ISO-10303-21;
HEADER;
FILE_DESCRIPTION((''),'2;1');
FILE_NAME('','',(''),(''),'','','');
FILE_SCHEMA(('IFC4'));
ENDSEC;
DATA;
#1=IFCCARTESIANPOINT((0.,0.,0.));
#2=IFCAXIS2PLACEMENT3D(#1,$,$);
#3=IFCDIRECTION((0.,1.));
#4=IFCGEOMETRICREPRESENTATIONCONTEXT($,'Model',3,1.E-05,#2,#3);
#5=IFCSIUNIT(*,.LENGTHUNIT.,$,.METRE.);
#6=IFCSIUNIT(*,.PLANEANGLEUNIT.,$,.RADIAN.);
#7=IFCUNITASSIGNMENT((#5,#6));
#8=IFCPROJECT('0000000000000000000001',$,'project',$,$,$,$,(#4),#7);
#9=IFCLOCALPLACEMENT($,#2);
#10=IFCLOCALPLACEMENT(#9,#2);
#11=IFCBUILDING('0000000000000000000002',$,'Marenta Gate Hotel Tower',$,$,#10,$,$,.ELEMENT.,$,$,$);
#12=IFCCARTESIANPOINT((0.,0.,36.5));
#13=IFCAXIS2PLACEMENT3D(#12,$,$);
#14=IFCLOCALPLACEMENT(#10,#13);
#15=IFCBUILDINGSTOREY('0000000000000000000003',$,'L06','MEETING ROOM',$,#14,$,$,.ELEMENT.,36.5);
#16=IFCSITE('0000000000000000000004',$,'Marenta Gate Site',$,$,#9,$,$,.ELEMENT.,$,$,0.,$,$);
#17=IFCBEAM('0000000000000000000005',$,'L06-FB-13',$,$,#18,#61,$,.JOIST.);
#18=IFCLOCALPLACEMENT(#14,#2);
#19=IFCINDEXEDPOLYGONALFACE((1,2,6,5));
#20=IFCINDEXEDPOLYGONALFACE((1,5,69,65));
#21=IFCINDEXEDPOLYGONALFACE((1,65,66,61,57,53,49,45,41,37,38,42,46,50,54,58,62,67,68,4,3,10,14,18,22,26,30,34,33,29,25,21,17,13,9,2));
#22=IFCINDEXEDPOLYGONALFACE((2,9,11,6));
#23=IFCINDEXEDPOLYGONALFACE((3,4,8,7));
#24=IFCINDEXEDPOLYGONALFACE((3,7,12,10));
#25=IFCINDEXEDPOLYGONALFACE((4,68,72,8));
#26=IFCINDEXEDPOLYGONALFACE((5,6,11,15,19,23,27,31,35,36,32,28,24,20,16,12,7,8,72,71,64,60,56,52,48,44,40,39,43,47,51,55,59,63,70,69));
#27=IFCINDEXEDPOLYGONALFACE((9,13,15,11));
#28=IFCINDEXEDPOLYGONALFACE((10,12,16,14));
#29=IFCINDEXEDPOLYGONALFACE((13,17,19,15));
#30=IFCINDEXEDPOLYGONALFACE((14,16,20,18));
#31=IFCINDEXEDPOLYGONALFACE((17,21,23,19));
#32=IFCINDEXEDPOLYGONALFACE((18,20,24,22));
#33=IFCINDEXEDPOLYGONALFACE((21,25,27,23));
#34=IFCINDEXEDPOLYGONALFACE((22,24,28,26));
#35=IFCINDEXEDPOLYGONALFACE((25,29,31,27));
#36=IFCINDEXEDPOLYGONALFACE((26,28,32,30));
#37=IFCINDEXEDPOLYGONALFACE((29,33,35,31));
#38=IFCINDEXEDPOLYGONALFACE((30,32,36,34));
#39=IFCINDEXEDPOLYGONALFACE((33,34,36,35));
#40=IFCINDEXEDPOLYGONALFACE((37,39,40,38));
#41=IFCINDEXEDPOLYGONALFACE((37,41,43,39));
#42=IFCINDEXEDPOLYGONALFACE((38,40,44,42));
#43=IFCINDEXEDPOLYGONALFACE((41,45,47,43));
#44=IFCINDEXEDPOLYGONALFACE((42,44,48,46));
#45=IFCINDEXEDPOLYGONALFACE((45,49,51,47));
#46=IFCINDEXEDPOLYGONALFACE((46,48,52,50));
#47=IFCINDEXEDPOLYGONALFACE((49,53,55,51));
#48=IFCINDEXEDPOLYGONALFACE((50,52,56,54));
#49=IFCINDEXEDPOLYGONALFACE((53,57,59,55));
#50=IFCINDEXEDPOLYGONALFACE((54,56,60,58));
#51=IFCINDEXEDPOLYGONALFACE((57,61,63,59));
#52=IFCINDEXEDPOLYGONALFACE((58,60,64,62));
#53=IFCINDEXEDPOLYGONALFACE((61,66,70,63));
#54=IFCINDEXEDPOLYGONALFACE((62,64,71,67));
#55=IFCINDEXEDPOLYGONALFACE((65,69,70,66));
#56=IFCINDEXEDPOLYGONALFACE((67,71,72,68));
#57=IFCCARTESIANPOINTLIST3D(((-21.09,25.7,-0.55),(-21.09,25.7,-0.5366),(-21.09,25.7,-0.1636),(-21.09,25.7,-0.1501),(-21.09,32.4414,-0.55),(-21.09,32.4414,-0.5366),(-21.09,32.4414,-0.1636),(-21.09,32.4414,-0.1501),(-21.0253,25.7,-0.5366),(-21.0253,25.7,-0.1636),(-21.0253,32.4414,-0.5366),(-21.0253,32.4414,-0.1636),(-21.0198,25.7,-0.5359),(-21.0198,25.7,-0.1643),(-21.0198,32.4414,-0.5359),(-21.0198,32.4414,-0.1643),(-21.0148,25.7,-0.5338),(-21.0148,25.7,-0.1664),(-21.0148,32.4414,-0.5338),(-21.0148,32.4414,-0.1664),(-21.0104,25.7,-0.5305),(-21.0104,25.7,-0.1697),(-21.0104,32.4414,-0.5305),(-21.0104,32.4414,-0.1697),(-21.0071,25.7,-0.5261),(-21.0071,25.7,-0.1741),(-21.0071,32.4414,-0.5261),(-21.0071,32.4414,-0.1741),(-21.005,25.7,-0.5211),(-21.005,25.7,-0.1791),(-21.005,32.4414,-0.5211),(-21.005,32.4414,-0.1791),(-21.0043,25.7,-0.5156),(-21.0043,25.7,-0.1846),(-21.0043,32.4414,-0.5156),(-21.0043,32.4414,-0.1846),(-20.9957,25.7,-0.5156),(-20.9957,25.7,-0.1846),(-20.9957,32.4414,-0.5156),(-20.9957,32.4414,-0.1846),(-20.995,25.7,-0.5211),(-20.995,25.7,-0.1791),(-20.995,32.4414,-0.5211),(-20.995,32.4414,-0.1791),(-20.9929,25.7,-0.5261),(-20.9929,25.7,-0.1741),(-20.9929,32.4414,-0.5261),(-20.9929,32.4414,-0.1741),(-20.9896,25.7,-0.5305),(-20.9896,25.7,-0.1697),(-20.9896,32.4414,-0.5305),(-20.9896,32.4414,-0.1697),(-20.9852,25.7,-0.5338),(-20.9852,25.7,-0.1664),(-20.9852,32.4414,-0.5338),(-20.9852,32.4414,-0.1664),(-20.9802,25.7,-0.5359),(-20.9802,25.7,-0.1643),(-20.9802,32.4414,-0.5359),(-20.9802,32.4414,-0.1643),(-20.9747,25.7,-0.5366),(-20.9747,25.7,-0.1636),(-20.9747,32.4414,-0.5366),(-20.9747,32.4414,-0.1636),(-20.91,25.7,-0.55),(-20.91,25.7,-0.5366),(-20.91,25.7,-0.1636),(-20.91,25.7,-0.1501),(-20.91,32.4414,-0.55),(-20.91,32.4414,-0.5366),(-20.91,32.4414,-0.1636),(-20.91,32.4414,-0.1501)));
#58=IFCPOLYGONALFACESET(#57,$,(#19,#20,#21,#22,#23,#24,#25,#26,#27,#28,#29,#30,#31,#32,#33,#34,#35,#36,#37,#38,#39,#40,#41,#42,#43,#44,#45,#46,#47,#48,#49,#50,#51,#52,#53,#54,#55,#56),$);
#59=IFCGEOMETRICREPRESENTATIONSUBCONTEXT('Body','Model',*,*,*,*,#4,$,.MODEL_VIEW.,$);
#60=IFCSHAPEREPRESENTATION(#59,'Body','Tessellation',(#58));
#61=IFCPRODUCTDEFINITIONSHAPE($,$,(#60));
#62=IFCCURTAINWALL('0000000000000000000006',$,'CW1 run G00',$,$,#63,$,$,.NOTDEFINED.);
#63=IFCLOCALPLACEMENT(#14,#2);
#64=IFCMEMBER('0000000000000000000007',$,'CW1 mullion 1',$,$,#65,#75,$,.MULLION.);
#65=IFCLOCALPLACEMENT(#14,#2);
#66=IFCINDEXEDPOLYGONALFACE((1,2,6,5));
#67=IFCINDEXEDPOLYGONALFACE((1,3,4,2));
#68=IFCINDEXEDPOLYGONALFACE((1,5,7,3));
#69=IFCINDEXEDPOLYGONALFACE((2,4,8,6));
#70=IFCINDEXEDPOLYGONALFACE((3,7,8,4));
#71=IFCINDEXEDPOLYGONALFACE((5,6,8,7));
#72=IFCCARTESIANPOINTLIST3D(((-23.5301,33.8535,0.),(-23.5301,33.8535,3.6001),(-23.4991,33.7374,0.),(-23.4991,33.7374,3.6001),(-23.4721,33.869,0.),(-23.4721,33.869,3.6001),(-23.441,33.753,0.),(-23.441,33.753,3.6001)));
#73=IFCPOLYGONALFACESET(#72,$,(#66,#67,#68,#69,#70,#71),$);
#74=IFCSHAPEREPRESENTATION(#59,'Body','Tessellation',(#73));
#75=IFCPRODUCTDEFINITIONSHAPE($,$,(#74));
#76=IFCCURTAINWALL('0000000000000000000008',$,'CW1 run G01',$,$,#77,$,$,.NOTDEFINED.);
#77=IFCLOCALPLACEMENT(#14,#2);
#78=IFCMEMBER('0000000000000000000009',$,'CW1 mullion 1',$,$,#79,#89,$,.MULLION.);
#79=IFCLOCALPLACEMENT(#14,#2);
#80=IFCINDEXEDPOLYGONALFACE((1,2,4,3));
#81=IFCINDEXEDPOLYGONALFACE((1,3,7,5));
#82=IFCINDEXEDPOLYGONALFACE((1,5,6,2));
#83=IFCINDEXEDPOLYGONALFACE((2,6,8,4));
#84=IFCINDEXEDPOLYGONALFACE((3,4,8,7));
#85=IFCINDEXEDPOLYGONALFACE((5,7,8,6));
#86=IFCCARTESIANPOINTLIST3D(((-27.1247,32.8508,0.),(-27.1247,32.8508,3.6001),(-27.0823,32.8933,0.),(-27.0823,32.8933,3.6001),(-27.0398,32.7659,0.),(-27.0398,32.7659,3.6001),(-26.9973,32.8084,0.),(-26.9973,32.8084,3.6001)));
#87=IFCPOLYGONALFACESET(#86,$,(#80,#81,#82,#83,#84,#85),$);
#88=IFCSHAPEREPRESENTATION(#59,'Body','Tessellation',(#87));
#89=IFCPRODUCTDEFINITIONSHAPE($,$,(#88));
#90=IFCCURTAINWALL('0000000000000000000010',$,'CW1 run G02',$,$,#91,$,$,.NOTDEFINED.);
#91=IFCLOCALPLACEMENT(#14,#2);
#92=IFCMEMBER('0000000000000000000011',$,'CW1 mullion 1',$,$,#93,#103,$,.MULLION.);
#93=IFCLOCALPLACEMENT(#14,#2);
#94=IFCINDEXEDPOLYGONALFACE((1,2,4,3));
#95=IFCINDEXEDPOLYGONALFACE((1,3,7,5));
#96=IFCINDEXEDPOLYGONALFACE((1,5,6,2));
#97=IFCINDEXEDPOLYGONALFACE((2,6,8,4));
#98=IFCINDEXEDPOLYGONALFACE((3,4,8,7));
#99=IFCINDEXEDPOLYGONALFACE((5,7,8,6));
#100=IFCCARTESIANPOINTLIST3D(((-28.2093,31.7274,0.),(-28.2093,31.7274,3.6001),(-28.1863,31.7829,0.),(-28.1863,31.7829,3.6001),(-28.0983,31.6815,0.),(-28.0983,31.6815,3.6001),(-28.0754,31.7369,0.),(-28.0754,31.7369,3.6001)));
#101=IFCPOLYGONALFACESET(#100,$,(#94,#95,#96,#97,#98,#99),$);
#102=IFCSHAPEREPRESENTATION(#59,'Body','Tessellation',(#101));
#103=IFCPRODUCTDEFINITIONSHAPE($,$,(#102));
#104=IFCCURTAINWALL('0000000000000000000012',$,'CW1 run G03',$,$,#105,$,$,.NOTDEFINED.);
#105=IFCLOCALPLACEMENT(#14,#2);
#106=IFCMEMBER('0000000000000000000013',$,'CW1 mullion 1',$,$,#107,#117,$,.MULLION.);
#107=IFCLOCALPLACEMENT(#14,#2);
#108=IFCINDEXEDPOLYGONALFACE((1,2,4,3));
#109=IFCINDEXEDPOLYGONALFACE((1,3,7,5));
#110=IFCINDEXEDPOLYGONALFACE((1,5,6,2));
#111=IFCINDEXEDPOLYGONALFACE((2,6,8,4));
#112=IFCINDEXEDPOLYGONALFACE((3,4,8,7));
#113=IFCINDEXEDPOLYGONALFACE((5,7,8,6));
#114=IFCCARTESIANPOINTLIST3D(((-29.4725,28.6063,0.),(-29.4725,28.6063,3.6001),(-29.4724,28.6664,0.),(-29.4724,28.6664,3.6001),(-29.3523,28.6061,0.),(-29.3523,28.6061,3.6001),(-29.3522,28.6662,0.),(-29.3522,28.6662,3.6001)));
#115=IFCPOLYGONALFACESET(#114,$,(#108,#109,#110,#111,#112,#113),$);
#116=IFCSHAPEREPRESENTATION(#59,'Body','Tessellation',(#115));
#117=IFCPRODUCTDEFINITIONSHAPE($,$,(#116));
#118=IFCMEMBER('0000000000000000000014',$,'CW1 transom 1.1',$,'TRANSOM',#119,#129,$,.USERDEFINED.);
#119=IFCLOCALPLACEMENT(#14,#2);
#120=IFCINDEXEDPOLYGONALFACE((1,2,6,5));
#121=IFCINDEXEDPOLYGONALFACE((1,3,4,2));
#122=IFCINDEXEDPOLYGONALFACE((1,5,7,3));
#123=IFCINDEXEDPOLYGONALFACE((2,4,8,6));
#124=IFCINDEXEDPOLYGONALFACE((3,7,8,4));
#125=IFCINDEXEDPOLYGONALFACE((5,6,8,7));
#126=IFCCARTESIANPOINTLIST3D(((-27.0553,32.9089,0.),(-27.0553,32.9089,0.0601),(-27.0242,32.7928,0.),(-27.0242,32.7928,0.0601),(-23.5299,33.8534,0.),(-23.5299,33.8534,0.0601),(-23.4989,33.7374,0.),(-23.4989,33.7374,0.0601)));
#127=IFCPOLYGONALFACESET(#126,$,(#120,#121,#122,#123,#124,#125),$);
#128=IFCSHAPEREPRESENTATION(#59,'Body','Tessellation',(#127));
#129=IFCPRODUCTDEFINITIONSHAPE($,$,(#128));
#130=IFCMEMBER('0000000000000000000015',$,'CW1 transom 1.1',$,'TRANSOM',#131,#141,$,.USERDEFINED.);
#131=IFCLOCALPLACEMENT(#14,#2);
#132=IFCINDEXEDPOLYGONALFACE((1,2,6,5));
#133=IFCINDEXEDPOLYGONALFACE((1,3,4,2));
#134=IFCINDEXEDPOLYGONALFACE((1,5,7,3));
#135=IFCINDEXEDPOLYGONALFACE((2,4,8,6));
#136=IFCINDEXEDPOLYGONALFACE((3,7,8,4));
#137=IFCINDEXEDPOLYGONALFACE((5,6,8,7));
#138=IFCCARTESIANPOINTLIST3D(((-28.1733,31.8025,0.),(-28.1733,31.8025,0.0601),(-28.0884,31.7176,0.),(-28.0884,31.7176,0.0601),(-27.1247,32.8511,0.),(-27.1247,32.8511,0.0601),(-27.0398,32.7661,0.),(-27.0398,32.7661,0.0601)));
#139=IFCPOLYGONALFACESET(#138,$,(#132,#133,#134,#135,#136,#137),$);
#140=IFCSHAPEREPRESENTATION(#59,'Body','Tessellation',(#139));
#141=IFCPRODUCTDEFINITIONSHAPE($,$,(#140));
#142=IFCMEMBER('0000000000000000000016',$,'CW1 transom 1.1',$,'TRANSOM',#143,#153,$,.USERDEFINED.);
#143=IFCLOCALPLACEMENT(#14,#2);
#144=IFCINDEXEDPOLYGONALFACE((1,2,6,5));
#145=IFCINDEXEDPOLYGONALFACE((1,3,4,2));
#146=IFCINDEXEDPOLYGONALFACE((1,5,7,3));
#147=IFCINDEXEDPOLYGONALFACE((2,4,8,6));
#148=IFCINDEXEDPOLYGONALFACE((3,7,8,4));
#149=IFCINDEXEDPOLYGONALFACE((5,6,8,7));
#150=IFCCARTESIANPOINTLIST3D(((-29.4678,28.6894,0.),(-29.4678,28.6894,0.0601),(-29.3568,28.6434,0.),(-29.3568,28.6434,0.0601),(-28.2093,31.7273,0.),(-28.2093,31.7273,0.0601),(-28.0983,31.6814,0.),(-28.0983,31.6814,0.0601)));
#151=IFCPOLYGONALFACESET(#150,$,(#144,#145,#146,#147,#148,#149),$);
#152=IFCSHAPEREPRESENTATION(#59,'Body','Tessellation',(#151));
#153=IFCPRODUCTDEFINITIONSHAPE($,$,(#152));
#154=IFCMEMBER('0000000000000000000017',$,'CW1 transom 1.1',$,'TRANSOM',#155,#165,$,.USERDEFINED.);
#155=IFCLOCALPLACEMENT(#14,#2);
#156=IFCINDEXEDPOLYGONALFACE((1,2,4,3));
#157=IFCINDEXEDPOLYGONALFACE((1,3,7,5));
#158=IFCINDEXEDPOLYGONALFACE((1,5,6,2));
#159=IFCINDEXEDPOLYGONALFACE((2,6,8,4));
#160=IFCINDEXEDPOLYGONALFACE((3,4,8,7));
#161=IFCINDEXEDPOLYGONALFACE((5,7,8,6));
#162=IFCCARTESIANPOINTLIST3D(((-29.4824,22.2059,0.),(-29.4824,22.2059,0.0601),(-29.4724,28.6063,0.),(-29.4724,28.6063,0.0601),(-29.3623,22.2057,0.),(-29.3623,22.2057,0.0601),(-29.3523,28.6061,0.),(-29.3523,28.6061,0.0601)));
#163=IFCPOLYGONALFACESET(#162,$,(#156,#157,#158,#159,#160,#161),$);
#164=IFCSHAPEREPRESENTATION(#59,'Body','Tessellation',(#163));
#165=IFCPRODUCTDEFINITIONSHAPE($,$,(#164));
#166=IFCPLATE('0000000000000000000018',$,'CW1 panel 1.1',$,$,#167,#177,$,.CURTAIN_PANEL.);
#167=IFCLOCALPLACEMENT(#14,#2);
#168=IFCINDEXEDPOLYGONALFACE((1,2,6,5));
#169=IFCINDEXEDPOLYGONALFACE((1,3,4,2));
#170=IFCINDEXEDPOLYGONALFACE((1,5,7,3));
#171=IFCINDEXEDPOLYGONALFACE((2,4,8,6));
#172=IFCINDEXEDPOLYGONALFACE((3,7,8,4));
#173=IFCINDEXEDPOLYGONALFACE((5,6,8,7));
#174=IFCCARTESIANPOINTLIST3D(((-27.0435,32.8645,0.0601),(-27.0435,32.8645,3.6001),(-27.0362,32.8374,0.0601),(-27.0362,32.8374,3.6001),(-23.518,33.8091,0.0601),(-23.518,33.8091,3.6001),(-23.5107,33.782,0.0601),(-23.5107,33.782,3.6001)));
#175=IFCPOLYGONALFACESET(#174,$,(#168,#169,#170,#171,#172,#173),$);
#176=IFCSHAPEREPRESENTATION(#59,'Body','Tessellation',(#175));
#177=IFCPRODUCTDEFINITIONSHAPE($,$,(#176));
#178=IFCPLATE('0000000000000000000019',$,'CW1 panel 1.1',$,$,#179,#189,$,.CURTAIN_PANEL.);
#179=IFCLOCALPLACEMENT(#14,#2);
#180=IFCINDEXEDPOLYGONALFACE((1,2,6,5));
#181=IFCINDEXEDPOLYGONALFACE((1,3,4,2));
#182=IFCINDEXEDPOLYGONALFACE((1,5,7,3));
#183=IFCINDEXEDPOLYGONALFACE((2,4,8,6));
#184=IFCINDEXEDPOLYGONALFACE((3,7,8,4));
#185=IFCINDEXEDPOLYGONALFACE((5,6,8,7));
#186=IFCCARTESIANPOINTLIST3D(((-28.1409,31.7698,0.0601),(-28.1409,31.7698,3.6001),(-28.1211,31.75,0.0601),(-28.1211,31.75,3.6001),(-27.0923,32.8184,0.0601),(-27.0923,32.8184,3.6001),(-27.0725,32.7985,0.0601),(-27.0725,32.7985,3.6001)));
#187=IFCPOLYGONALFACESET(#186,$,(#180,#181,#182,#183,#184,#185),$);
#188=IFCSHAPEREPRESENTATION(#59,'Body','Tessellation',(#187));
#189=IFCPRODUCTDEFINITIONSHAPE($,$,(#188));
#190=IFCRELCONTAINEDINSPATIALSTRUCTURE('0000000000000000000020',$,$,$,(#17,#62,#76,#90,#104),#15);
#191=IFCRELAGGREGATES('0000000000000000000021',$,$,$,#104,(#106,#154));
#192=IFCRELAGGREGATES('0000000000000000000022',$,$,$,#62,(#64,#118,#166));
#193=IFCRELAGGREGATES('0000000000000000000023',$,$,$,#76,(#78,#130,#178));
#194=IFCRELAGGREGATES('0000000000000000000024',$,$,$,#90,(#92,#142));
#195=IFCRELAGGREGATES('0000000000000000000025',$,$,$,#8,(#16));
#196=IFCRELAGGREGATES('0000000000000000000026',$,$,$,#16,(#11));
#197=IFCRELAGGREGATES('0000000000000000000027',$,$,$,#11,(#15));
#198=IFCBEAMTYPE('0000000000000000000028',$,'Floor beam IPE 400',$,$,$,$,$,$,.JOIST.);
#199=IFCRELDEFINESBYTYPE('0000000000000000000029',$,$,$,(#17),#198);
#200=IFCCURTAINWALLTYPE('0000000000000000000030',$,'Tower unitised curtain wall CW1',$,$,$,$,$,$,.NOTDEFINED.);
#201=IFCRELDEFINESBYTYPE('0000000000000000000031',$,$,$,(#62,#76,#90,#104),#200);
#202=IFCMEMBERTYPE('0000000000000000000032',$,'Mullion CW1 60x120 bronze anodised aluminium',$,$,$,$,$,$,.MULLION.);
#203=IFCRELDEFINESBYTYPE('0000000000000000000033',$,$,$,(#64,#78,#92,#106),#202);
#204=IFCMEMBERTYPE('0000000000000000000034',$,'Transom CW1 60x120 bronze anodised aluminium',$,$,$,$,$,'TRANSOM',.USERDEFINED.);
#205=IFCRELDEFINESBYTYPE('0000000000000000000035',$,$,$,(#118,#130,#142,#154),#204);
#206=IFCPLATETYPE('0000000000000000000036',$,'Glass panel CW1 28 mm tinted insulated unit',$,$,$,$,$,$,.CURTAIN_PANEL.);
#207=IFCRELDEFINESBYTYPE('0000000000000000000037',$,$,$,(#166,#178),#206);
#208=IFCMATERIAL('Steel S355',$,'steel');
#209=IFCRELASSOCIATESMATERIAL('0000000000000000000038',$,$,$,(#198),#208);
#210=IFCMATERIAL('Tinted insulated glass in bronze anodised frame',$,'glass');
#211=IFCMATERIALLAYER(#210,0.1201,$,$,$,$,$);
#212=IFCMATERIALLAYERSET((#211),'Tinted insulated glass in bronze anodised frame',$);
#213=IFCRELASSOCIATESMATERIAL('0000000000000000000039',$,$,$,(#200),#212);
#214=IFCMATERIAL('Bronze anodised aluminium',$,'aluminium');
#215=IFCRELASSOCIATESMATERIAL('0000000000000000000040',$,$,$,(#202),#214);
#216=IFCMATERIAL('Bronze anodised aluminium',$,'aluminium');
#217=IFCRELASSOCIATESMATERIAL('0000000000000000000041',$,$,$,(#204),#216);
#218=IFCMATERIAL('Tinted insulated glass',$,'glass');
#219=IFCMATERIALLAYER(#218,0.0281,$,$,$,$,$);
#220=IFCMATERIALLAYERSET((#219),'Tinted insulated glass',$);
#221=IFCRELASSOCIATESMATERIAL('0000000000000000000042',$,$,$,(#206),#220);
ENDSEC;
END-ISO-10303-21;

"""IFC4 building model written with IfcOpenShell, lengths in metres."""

from ifc_helpers import new_model, si_unit, direction, frame, origin, origin_2d, place, context, subcontext, project, spatial, rectangle, i_section, extrude, material, layer, layer_set, material_profile, profile_set, type_object, element, aggregate, save


model = new_model("IFC4")

# Units and contexts
model_context = context("Model", 3, precision=1e-05, world=origin(), true_north=direction((0.0, 1.0)))
body_context = subcontext(model_context, "Body", "Model", "MODEL_VIEW")
ifc_project = project(units=[si_unit("LENGTHUNIT", "METRE"), si_unit("PLANEANGLEUNIT", "RADIAN")], contexts=[model_context])

# Site, building, storey
site_placement = place(None, origin())
site = spatial("IfcSite", under=ifc_project, at=site_placement, Name="Marenta Gate Site", CompositionType="ELEMENT", RefElevation=0.0)
building_placement = place(site_placement, origin())
building = spatial("IfcBuilding", under=site, at=building_placement, Name="Marenta Gate Hotel Tower", CompositionType="ELEMENT")
storey_placement = place(building_placement, frame((0.0, 0.0, 36.5)))
storey = spatial("IfcBuildingStorey", under=building, at=storey_placement, Name="L06", Description="MEETING ROOM", CompositionType="ELEMENT", Elevation=36.5)

# Beam
ifc_material_1 = material(Name="Steel S355", Category="steel")
ifc_material_profile_1 = material_profile(ifc_material_1, i_section(OverallWidth=0.1799, OverallDepth=0.3999, WebThickness=0.0085, FlangeThickness=0.0134, FilletRadius=0.021, at=origin_2d()), Name="IPE 400")
ifc_profile_set_1 = profile_set([ifc_material_profile_1], Name="Steel S355")
beam_type_1 = type_object("IfcBeamType", Name="Floor beam IPE 400", PredefinedType="JOIST", material=ifc_profile_set_1)
beam_1_placement = place(storey_placement, frame((-21.0, 25.7, -0.3501), z_axis=(0.0, 1.0, 0.0), x_axis=(-1.0, 0.0, 0.0)))
element("IfcBeam", 1, at=beam_1_placement, inside=storey, type_object=beam_type_1, Name="L06-FB-13", PredefinedType="JOIST", context=body_context, shape_type="SweptSolid", body=[
    extrude(i_section(OverallWidth=0.1799, OverallDepth=0.3999, WebThickness=0.0085, FlangeThickness=0.0134, FilletRadius=0.021, at=origin_2d()), origin(), (0.0, 0.0, 1.0), 6.7415),
])

# Curtain walls, members
ifc_material_2 = material(Name="Tinted insulated glass in bronze anodised frame", Category="glass")
ifc_layer_1 = layer(ifc_material_2, 0.1201)
ifc_layer_set_1 = layer_set([ifc_layer_1], Name="Tinted insulated glass in bronze anodised frame")
curtain_wall_type = type_object("IfcCurtainWallType", Name="Tower unitised curtain wall CW1", PredefinedType="NOTDEFINED", material=ifc_layer_set_1)
curtain_wall_1_placement = place(storey_placement, origin())
curtain_wall_1 = element("IfcCurtainWall", 2, at=curtain_wall_1_placement, inside=storey, type_object=curtain_wall_type, Name="CW1 run G00", PredefinedType="NOTDEFINED")
ifc_material_3 = material(Name="Bronze anodised aluminium", Category="aluminium")
ifc_material_profile_2 = material_profile(ifc_material_3, rectangle(XDim=0.1201, YDim=0.0601, at=origin_2d()), Name="Mullion CW1 60x120 bronze anodised aluminium")
ifc_profile_set_2 = profile_set([ifc_material_profile_2], Name="Bronze anodised aluminium")
member_type_1 = type_object("IfcMemberType", Name="Mullion CW1 60x120 bronze anodised aluminium", PredefinedType="MULLION", material=ifc_profile_set_2)
member_1_placement = place(storey_placement, frame((-23.4856, 33.8032, 0.0), z_axis=(0.0, 0.0, 1.0), x_axis=(0.258802, -0.96593, 0.0)))
member_1 = element("IfcMember", 3, at=member_1_placement, type_object=member_type_1, Name="CW1 mullion 1", PredefinedType="MULLION", context=body_context, shape_type="SweptSolid", body=[
    extrude(rectangle(XDim=0.1201, YDim=0.0601, at=origin_2d()), origin(), (0.0, 0.0, 1.0), 3.6001),
])
curtain_wall_2_placement = place(storey_placement, origin())
curtain_wall_2 = element("IfcCurtainWall", 4, at=curtain_wall_2_placement, inside=storey, type_object=curtain_wall_type, Name="CW1 run G01", PredefinedType="NOTDEFINED")
member_2_placement = place(storey_placement, frame((-27.061, 32.8296, 0.0), z_axis=(0.0, 0.0, 1.0), x_axis=(0.707107, -0.707107, 0.0)))
member_2 = element("IfcMember", 5, at=member_2_placement, type_object=member_type_1, Name="CW1 mullion 1", PredefinedType="MULLION", context=body_context, shape_type="SweptSolid", body=[
    extrude(rectangle(XDim=0.1201, YDim=0.0601, at=origin_2d()), origin(), (0.0, 0.0, 1.0), 3.6001),
])
curtain_wall_3_placement = place(storey_placement, origin())
curtain_wall_3 = element("IfcCurtainWall", 6, at=curtain_wall_3_placement, inside=storey, type_object=curtain_wall_type, Name="CW1 run G02", PredefinedType="NOTDEFINED")
member_3_placement = place(storey_placement, frame((-28.1423, 31.7322, 0.0), z_axis=(0.0, 0.0, 1.0), x_axis=(0.923885, -0.38267, 0.0)))
member_3 = element("IfcMember", 7, at=member_3_placement, type_object=member_type_1, Name="CW1 mullion 1", PredefinedType="MULLION", context=body_context, shape_type="SweptSolid", body=[
    extrude(rectangle(XDim=0.1201, YDim=0.0601, at=origin_2d()), origin(), (0.0, 0.0, 1.0), 3.6001),
])
curtain_wall_4_placement = place(storey_placement, origin())
curtain_wall_4 = element("IfcCurtainWall", 8, at=curtain_wall_4_placement, inside=storey, type_object=curtain_wall_type, Name="CW1 run G03", PredefinedType="NOTDEFINED")
member_4_placement = place(storey_placement, frame((-29.4124, 28.6362, 0.0), z_axis=(0.0, 0.0, 1.0), x_axis=(0.999999, -0.001566, 0.0)))
member_4 = element("IfcMember", 9, at=member_4_placement, type_object=member_type_1, Name="CW1 mullion 1", PredefinedType="MULLION", context=body_context, shape_type="SweptSolid", body=[
    extrude(rectangle(XDim=0.1201, YDim=0.0601, at=origin_2d()), origin(), (0.0, 0.0, 1.0), 3.6001),
])

# Members
ifc_material_4 = material(Name="Bronze anodised aluminium", Category="aluminium")
ifc_material_profile_3 = material_profile(ifc_material_4, rectangle(XDim=0.1201, YDim=0.0601, at=origin_2d()), Name="Transom CW1 60x120 bronze anodised aluminium")
ifc_profile_set_3 = profile_set([ifc_material_profile_3], Name="Bronze anodised aluminium")
member_type_2 = type_object("IfcMemberType", Name="Transom CW1 60x120 bronze anodised aluminium", ElementType="TRANSOM", PredefinedType="USERDEFINED", material=ifc_profile_set_3)
member_5_placement = place(storey_placement, frame((-23.5144, 33.7954, 0.03), z_axis=(-0.965929, -0.258807, 0.0), x_axis=(0.258807, -0.965929, 0.0)))
member_5 = element("IfcMember", 10, at=member_5_placement, type_object=member_type_2, Name="CW1 transom 1.1", ObjectType="TRANSOM", PredefinedType="USERDEFINED", context=body_context, shape_type="SweptSolid", body=[
    extrude(rectangle(XDim=0.1201, YDim=0.0601, at=origin_2d()), origin(), (0.0, 0.0, 1.0), 3.6497),
])
member_6_placement = place(storey_placement, frame((-27.0823, 32.8086, 0.03), z_axis=(-0.707107, -0.707107, 0.0), x_axis=(0.707107, -0.707107, 0.0)))
member_6 = element("IfcMember", 11, at=member_6_placement, type_object=member_type_2, Name="CW1 transom 1.1", ObjectType="TRANSOM", PredefinedType="USERDEFINED", context=body_context, shape_type="SweptSolid", body=[
    extrude(rectangle(XDim=0.1201, YDim=0.0601, at=origin_2d()), origin(), (0.0, 0.0, 1.0), 1.4829),
])
member_7_placement = place(storey_placement, frame((-28.1538, 31.7043, 0.03), z_axis=(-0.382717, -0.923866, 0.0), x_axis=(0.923866, -0.382717, 0.0)))
member_7 = element("IfcMember", 12, at=member_7_placement, type_object=member_type_2, Name="CW1 transom 1.1", ObjectType="TRANSOM", PredefinedType="USERDEFINED", context=body_context, shape_type="SweptSolid", body=[
    extrude(rectangle(XDim=0.1201, YDim=0.0601, at=origin_2d()), origin(), (0.0, 0.0, 1.0), 3.2883),
])
member_8_placement = place(storey_placement, frame((-29.4124, 28.6062, 0.03), z_axis=(-0.001564, -0.999999, 0.0), x_axis=(0.999999, -0.001564, 0.0)))
member_8 = element("IfcMember", 13, at=member_8_placement, type_object=member_type_2, Name="CW1 transom 1.1", ObjectType="TRANSOM", PredefinedType="USERDEFINED", context=body_context, shape_type="SweptSolid", body=[
    extrude(rectangle(XDim=0.1201, YDim=0.0601, at=origin_2d()), origin(), (0.0, 0.0, 1.0), 6.4004),
])
aggregate(curtain_wall_4, [member_4, member_8])

# Plates
ifc_material_5 = material(Name="Tinted insulated glass", Category="glass")
ifc_layer_2 = layer(ifc_material_5, 0.0281)
ifc_layer_set_2 = layer_set([ifc_layer_2], Name="Tinted insulated glass")
plate_type = type_object("IfcPlateType", Name="Glass panel CW1 28 mm tinted insulated unit", PredefinedType="CURTAIN_PANEL", material=ifc_layer_set_2)
plate_1_placement = place(storey_placement, frame((-25.2771, 33.3232, 0.0601), z_axis=(0.0, 0.0, 1.0), x_axis=(-0.96593, -0.258802, 0.0)))
plate_1 = element("IfcPlate", 14, at=plate_1_placement, type_object=plate_type, Name="CW1 panel 1.1", PredefinedType="CURTAIN_PANEL", context=body_context, shape_type="SweptSolid", body=[
    extrude(rectangle(XDim=3.6499, YDim=0.0281, at=origin_2d()), origin(), (0.0, 0.0, 1.0), 3.54),
])
aggregate(curtain_wall_1, [member_1, member_5, plate_1])
plate_2_placement = place(storey_placement, frame((-27.6067, 32.2842, 0.0601), z_axis=(0.0, 0.0, 1.0), x_axis=(-0.707107, -0.707107, 0.0)))
plate_2 = element("IfcPlate", 15, at=plate_2_placement, type_object=plate_type, Name="CW1 panel 1.1", PredefinedType="CURTAIN_PANEL", context=body_context, shape_type="SweptSolid", body=[
    extrude(rectangle(XDim=1.4829, YDim=0.0281, at=origin_2d()), origin(), (0.0, 0.0, 1.0), 3.54),
])
aggregate(curtain_wall_2, [member_2, member_6, plate_2])
aggregate(curtain_wall_3, [member_3, member_7])

save(model, "model.ifc")
